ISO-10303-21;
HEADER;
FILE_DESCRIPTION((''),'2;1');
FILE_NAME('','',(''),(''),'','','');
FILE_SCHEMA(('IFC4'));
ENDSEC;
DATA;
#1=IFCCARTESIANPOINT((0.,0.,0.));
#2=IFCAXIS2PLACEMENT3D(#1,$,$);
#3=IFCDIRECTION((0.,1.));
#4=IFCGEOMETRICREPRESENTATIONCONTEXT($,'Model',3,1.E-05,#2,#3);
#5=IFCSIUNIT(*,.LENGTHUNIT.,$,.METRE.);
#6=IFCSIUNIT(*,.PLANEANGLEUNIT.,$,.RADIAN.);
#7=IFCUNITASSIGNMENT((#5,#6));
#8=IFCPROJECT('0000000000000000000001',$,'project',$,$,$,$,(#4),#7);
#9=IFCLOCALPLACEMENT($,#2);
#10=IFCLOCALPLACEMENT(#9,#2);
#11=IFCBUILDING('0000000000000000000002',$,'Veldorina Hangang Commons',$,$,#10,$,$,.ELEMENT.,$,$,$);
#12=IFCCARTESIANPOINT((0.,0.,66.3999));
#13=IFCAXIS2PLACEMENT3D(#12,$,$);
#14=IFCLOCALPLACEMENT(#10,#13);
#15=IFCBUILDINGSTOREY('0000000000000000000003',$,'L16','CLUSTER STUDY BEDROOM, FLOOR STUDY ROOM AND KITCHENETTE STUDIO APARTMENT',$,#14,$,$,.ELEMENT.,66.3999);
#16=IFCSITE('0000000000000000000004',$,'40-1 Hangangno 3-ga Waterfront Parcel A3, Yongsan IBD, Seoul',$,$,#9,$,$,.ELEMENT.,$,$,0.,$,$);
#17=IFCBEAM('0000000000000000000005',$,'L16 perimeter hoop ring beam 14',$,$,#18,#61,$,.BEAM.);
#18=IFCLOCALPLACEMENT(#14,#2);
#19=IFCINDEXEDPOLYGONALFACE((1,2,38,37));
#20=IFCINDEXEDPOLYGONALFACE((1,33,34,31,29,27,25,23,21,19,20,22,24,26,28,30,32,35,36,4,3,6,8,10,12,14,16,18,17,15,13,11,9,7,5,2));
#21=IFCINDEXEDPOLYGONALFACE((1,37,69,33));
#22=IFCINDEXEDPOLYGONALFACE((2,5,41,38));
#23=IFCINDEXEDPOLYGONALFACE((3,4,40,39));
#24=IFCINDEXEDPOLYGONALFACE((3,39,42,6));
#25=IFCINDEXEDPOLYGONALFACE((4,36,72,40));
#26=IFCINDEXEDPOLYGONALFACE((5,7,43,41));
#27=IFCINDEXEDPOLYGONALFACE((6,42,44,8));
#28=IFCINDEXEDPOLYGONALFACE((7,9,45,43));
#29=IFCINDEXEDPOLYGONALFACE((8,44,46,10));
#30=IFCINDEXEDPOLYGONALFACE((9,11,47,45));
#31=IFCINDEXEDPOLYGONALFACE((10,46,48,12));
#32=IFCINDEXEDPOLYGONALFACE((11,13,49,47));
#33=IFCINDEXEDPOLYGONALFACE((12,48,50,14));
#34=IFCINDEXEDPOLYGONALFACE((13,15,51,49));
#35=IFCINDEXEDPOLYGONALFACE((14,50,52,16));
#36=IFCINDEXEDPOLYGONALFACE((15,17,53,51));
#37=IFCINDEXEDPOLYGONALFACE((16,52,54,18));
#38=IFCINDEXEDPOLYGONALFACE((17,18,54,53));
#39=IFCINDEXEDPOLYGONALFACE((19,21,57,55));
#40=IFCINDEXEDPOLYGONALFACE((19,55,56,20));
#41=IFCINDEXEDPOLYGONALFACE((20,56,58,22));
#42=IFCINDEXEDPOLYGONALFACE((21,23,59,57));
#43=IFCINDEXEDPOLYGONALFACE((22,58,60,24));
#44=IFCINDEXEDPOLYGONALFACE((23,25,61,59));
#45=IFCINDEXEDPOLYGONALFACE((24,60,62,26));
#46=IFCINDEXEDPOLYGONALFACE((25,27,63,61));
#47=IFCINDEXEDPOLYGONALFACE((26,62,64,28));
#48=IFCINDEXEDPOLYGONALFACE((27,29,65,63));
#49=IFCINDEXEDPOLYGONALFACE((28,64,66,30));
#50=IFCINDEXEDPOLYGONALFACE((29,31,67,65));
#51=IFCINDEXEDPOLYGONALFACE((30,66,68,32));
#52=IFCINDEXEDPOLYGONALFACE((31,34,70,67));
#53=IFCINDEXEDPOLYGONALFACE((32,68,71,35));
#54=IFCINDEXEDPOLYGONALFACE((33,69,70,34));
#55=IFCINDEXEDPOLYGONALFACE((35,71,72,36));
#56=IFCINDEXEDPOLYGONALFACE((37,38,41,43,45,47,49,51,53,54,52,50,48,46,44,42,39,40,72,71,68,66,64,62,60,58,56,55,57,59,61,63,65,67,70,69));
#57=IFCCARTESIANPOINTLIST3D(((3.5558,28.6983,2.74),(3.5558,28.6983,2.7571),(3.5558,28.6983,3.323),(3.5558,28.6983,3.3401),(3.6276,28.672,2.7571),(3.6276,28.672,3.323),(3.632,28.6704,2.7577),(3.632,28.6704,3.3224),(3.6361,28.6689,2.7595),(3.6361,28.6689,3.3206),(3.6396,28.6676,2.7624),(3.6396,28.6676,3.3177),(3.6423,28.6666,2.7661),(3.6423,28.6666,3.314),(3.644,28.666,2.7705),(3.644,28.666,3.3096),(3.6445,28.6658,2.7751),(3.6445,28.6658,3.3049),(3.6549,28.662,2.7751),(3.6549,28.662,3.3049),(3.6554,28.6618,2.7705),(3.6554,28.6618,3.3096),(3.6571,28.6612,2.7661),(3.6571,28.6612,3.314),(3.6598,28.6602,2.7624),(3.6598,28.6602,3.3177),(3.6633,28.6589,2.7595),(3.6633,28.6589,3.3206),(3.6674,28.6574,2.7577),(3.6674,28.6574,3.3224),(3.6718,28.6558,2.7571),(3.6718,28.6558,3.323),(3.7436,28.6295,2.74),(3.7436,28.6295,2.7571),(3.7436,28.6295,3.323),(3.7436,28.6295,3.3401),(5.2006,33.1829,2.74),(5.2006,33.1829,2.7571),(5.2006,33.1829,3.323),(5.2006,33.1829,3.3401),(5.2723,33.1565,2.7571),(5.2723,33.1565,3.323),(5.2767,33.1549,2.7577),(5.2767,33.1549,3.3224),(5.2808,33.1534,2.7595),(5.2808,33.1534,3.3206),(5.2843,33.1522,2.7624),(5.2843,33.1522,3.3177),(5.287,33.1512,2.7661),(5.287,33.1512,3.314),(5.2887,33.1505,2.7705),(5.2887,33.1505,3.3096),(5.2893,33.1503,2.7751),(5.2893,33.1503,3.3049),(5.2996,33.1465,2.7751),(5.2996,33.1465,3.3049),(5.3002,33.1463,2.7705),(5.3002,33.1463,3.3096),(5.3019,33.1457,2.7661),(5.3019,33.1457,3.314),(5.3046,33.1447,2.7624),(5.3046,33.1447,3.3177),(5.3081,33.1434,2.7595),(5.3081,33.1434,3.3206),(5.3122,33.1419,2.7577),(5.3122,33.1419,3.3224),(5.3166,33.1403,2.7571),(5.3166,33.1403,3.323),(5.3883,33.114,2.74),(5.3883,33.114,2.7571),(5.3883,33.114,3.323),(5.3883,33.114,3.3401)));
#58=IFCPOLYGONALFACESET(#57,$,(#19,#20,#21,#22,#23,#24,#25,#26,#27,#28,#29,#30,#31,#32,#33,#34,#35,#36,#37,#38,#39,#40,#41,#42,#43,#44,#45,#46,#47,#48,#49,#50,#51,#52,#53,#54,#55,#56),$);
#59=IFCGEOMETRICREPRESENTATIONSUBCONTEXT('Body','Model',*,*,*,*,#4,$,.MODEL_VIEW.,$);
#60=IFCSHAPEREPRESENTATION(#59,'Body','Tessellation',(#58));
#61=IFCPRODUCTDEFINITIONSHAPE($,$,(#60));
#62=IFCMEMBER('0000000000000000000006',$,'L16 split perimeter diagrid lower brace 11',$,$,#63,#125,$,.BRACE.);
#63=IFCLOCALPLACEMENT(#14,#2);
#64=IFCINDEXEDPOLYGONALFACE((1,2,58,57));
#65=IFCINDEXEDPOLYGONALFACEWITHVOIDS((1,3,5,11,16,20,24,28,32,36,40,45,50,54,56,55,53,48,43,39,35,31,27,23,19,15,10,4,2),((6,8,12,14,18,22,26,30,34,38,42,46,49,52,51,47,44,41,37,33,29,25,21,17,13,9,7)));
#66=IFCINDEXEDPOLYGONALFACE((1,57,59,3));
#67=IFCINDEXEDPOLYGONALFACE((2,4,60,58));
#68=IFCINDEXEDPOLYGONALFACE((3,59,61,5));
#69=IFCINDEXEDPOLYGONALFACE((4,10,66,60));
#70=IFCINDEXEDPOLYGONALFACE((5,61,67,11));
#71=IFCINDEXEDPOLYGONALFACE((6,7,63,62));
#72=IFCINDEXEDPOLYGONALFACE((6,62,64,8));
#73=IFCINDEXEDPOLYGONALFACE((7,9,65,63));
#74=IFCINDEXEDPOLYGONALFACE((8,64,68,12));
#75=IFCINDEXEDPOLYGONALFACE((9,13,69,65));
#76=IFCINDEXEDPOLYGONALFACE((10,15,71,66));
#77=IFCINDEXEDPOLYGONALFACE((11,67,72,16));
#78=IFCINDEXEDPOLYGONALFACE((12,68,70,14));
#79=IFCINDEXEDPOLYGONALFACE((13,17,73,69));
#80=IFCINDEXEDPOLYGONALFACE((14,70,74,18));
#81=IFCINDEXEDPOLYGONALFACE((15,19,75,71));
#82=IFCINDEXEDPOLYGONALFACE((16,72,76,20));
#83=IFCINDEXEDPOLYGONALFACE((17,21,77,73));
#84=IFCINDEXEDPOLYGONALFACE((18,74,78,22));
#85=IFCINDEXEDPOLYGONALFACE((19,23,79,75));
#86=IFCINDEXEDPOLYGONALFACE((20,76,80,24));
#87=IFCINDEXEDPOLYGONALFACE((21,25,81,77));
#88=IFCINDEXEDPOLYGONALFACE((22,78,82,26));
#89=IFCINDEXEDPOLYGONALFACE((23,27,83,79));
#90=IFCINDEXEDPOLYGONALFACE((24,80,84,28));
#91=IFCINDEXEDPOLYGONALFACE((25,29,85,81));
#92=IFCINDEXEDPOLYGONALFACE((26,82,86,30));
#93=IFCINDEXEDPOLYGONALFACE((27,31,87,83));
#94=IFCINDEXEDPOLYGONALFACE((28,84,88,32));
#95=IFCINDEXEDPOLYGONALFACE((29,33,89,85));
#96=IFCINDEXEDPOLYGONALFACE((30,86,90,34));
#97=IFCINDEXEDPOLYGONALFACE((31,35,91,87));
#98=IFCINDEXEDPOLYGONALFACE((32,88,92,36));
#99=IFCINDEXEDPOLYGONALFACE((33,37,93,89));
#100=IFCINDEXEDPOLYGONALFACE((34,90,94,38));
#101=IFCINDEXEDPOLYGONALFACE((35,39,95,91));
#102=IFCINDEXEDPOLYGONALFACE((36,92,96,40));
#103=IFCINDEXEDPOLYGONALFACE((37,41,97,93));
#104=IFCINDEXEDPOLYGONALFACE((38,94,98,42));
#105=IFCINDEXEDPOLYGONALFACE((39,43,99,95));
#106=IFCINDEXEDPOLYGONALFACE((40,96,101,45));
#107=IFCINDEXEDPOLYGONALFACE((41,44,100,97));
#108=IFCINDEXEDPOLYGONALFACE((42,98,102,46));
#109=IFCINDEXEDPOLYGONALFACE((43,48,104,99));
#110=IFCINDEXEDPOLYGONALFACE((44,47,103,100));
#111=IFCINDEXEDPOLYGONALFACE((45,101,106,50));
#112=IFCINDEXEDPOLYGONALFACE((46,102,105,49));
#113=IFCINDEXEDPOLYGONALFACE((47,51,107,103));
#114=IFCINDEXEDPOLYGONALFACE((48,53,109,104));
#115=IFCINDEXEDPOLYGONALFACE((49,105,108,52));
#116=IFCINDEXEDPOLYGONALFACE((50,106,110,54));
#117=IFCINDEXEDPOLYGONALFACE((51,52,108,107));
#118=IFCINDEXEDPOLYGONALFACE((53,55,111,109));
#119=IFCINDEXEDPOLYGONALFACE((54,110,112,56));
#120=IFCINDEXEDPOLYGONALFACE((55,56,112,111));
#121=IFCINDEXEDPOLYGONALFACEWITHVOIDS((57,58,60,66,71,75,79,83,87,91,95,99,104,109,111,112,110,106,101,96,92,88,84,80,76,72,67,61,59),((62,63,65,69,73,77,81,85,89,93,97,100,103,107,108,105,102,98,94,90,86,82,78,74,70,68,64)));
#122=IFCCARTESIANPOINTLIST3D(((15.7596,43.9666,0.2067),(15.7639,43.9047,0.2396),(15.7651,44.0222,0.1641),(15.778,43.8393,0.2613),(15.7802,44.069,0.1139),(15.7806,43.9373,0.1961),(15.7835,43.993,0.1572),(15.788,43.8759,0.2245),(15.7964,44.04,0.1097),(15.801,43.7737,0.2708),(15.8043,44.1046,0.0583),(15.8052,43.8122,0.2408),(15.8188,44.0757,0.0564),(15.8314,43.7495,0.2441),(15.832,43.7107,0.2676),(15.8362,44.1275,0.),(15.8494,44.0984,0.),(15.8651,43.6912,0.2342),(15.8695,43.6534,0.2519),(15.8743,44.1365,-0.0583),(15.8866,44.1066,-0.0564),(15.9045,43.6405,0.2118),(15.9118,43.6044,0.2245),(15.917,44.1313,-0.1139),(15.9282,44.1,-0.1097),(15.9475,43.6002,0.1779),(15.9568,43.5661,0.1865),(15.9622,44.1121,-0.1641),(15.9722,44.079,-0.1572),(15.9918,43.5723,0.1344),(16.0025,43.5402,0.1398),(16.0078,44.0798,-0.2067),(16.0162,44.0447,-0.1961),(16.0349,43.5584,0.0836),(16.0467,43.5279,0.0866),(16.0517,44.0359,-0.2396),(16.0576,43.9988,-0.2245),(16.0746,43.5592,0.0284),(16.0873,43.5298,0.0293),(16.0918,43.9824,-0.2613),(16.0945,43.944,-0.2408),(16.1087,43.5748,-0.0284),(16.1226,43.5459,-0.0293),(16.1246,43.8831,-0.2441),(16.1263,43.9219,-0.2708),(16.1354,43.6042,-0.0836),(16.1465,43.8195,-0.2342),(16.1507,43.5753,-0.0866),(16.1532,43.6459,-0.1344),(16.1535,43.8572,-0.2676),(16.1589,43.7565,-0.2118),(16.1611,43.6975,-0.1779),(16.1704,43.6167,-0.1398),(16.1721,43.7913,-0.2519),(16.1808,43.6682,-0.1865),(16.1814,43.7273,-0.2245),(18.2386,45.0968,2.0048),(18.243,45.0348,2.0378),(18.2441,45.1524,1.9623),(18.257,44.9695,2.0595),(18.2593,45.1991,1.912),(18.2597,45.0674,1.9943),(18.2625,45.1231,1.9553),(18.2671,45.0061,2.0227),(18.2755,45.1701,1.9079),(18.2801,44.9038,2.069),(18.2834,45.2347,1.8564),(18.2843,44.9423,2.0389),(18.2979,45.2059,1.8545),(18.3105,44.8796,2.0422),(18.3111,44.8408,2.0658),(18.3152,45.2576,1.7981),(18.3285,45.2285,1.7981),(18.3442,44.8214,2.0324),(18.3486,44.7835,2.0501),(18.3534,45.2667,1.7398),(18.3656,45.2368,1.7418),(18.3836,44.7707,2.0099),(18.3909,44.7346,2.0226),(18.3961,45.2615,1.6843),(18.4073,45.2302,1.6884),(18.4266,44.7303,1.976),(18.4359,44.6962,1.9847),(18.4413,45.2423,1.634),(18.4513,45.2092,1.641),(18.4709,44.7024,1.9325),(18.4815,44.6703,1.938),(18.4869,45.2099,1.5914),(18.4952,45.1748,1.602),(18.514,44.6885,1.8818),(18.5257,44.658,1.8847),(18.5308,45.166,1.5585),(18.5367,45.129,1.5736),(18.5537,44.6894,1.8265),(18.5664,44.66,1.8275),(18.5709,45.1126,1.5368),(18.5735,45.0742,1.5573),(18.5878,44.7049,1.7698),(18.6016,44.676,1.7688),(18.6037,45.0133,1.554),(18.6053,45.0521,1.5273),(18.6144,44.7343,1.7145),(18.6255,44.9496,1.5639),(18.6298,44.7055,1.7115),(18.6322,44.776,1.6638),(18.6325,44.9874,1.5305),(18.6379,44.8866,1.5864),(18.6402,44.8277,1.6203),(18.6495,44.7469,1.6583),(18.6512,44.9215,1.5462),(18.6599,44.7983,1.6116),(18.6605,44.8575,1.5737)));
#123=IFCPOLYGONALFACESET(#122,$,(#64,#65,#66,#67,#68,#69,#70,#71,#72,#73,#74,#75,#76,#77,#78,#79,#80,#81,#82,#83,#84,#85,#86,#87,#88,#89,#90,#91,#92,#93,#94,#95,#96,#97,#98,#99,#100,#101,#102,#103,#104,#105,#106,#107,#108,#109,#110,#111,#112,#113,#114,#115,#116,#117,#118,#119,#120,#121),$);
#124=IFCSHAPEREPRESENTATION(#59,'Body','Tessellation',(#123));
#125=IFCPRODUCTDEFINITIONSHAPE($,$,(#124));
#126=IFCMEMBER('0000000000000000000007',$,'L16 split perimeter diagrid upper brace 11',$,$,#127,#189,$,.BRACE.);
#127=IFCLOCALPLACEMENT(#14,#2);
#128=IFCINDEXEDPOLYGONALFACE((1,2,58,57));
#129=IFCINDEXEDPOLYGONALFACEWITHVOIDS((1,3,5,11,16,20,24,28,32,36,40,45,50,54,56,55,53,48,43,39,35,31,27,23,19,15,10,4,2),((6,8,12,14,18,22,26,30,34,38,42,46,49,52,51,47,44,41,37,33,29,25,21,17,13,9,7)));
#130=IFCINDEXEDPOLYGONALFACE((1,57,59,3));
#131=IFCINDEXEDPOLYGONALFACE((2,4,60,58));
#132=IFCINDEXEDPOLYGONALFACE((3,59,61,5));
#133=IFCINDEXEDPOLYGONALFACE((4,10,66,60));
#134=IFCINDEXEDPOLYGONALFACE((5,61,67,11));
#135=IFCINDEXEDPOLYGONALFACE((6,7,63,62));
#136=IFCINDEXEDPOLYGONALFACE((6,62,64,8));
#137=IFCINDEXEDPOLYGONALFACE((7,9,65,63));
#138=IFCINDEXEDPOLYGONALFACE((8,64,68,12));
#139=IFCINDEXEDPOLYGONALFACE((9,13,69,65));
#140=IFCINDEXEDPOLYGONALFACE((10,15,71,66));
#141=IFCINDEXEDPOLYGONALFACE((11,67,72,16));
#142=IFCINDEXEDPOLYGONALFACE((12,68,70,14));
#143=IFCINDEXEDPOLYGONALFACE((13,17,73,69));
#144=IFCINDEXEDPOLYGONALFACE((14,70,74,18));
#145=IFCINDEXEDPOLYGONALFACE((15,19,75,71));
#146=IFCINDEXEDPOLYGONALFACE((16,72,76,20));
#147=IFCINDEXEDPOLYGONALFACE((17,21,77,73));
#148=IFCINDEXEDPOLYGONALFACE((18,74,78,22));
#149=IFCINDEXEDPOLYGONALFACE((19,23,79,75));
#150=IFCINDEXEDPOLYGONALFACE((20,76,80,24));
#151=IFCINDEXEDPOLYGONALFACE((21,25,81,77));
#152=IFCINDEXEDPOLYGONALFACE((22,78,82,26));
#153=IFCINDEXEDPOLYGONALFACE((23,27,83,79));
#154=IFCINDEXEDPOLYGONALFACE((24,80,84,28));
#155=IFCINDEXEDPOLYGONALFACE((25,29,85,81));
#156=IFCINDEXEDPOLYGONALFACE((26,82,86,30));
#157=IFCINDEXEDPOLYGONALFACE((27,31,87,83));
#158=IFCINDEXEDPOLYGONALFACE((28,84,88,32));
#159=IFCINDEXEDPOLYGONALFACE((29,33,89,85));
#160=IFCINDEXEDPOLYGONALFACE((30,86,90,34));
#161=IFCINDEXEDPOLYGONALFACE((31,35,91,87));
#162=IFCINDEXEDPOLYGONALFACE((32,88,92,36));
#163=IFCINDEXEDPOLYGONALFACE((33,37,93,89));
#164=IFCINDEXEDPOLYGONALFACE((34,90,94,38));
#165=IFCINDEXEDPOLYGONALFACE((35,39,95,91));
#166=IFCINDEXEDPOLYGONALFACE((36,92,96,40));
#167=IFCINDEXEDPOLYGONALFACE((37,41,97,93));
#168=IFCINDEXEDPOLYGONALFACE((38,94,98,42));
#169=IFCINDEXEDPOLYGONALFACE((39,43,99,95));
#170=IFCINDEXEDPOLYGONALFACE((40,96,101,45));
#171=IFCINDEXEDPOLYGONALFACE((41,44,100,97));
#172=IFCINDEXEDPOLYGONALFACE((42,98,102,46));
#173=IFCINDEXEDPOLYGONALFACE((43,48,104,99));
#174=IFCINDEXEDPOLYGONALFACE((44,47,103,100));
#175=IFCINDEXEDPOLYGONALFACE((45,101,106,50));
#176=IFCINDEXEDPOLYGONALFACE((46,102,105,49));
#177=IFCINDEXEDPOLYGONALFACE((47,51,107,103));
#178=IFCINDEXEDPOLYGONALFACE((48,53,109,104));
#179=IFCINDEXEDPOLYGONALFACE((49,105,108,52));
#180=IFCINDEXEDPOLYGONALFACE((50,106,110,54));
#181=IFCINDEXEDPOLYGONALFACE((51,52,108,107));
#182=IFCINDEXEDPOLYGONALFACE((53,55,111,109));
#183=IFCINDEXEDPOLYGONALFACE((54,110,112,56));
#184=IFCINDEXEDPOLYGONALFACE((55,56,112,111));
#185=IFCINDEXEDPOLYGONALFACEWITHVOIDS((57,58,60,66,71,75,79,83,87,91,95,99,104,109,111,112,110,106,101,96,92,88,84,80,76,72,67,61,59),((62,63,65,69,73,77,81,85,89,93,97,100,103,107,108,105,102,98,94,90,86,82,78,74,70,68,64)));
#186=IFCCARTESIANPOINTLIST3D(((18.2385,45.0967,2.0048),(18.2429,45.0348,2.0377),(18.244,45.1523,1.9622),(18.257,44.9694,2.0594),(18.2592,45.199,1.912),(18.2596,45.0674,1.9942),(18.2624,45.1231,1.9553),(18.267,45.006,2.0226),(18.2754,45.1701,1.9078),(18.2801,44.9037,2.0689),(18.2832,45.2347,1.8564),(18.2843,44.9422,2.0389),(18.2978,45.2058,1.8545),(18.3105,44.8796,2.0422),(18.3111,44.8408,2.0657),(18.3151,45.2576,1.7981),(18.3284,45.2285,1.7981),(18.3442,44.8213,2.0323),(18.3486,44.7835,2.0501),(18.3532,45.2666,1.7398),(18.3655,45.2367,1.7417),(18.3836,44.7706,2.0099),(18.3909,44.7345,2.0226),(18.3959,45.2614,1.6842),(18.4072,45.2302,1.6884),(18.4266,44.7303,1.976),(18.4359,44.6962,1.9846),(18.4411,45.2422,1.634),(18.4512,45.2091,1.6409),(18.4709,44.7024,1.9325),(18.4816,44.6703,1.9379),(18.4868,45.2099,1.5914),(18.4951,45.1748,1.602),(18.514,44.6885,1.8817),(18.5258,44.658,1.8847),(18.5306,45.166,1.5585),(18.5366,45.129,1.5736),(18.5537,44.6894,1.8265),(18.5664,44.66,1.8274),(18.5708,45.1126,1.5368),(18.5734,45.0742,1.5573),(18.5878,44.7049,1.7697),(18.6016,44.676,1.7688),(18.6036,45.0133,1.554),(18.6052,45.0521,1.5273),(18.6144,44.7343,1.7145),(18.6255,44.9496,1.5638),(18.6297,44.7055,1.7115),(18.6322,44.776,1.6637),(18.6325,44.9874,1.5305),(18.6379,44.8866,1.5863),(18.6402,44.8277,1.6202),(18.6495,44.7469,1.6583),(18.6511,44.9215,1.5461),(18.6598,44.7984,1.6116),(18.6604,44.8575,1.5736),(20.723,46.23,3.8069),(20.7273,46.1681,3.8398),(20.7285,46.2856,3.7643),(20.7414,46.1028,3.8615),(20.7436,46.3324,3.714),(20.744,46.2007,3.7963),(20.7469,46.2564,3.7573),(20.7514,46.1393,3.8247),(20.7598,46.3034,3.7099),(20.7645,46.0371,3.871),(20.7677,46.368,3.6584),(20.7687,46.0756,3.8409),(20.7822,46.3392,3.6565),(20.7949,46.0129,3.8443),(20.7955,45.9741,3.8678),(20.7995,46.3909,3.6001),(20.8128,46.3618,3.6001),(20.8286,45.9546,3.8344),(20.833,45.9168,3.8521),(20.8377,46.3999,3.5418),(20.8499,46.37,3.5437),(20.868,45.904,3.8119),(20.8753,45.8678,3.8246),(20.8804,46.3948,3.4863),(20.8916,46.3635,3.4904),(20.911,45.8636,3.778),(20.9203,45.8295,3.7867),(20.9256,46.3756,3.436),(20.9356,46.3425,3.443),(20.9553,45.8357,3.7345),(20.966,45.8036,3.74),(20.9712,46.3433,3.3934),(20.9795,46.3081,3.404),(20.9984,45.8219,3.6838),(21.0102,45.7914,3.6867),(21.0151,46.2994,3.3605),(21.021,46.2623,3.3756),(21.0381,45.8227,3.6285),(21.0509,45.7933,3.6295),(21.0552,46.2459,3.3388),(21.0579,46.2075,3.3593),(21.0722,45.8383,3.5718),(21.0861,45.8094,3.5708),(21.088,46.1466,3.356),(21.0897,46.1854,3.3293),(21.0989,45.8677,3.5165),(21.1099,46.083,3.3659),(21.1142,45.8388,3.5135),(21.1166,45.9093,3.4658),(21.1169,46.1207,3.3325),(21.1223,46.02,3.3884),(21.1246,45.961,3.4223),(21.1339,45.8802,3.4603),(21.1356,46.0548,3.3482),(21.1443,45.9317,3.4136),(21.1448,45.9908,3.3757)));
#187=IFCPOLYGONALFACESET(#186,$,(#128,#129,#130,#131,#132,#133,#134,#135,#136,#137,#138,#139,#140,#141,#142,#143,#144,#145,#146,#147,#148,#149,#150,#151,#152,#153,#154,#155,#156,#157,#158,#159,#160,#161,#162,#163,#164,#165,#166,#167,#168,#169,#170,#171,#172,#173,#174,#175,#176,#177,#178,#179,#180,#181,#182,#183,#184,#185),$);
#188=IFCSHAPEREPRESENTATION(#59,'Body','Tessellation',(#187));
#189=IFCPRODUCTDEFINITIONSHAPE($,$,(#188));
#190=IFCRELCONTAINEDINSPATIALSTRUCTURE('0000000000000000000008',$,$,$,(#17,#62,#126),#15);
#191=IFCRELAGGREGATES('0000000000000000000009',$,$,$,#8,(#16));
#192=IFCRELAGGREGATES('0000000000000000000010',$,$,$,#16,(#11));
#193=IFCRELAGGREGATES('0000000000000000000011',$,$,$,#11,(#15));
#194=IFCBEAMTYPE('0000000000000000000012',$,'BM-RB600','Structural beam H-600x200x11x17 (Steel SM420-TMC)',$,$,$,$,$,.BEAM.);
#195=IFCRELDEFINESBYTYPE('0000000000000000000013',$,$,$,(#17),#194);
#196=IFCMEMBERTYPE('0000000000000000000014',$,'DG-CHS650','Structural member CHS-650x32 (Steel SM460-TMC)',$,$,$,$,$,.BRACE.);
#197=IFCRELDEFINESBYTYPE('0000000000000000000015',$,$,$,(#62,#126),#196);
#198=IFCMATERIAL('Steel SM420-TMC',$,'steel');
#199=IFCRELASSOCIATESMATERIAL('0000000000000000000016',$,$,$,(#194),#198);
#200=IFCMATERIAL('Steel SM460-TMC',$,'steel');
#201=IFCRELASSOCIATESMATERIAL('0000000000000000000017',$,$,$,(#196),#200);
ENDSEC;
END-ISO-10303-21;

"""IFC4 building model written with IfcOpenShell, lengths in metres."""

from ifc_helpers import new_model, si_unit, direction, frame, origin, origin_2d, place, context, subcontext, project, spatial, hollow_circle, i_section, extrude, material, material_profile, profile_set, type_object, element, save


model = new_model("IFC4")

# Units and contexts
model_context = context("Model", 3, precision=1e-05, world=origin(), true_north=direction((0.0, 1.0)))
body_context = subcontext(model_context, "Body", "Model", "MODEL_VIEW")
ifc_project = project(units=[si_unit("LENGTHUNIT", "METRE"), si_unit("PLANEANGLEUNIT", "RADIAN")], contexts=[model_context])

# Site, building, storey
site_placement = place(None, origin())
site = spatial("IfcSite", under=ifc_project, at=site_placement, Name="40-1 Hangangno 3-ga Waterfront Parcel A3, Yongsan IBD, Seoul", CompositionType="ELEMENT", RefElevation=0.0)
building_placement = place(site_placement, origin())
building = spatial("IfcBuilding", under=site, at=building_placement, Name="Veldorina Hangang Commons", CompositionType="ELEMENT")
storey_placement = place(building_placement, frame((0.0, 0.0, 66.3999)))
storey = spatial("IfcBuildingStorey", under=building, at=storey_placement, Name="L16", Description="CLUSTER STUDY BEDROOM, FLOOR STUDY ROOM AND KITCHENETTE STUDIO APARTMENT", CompositionType="ELEMENT", Elevation=66.3999)

# Beam
ifc_material_1 = material(Name="Steel SM420-TMC", Category="steel")
ifc_material_profile_1 = material_profile(ifc_material_1, i_section(OverallWidth=0.2, OverallDepth=0.6001, WebThickness=0.011, FlangeThickness=0.0171, FilletRadius=0.0181, at=origin_2d()), Name="H-600x200x11x17")
ifc_profile_set_1 = profile_set([ifc_material_profile_1], Name="Steel SM420-TMC")
beam_type_1 = type_object("IfcBeamType", Name="BM-RB600", Description="Structural beam H-600x200x11x17 (Steel SM420-TMC)", PredefinedType="BEAM", material=ifc_profile_set_1)
beam_1_placement = place(storey_placement, frame((5.2944, 33.1484, 3.04), z_axis=(-0.344331, -0.938848, 0.0), x_axis=(0.938848, -0.344331, 0.0)))
element("IfcBeam", 1, at=beam_1_placement, inside=storey, type_object=beam_type_1, Name="L16 perimeter hoop ring beam 14", PredefinedType="BEAM", context=body_context, shape_type="SweptSolid", body=[
    extrude(i_section(OverallWidth=0.2, OverallDepth=0.6001, WebThickness=0.011, FlangeThickness=0.0171, FilletRadius=0.0181, at=origin_2d()), origin(), (0.0, 0.0, 1.0), 4.7766),
])

# Members
ifc_material_2 = material(Name="Steel SM460-TMC", Category="steel")
ifc_material_profile_2 = material_profile(ifc_material_2, hollow_circle(Radius=0.325, WallThickness=0.032, at=origin_2d()), Name="CHS-650x32")
ifc_profile_set_2 = profile_set([ifc_material_profile_2], Name="Steel SM460-TMC")
member_type = type_object("IfcMemberType", Name="DG-CHS650", Description="Structural member CHS-650x32 (Steel SM460-TMC)", PredefinedType="BRACE", material=ifc_profile_set_2)
member_1_placement = place(storey_placement, frame((15.9709, 43.8318, 0.0), z_axis=(0.759424, 0.346206, 0.550833), x_axis=(-0.414809, 0.909909, 0.0)))
element("IfcMember", 2, at=member_1_placement, inside=storey, type_object=member_type, Name="L16 split perimeter diagrid lower brace 11", PredefinedType="BRACE", context=body_context, shape_type="SweptSolid", body=[
    extrude(hollow_circle(Radius=0.325, WallThickness=0.032, at=origin_2d()), origin(), (0.0, 0.0, 1.0), 3.2644),
])
member_2_placement = place(storey_placement, frame((18.45, 44.9619, 1.7981), z_axis=(0.759364, 0.3464, 0.550793), x_axis=(-0.415029, 0.909808, 0.0)))
element("IfcMember", 3, at=member_2_placement, inside=storey, type_object=member_type, Name="L16 split perimeter diagrid upper brace 11", PredefinedType="BRACE", context=body_context, shape_type="SweptSolid", body=[
    extrude(hollow_circle(Radius=0.325, WallThickness=0.032, at=origin_2d()), origin(), (0.0, 0.0, 1.0), 3.2717),
])

save(model, "model.ifc")
